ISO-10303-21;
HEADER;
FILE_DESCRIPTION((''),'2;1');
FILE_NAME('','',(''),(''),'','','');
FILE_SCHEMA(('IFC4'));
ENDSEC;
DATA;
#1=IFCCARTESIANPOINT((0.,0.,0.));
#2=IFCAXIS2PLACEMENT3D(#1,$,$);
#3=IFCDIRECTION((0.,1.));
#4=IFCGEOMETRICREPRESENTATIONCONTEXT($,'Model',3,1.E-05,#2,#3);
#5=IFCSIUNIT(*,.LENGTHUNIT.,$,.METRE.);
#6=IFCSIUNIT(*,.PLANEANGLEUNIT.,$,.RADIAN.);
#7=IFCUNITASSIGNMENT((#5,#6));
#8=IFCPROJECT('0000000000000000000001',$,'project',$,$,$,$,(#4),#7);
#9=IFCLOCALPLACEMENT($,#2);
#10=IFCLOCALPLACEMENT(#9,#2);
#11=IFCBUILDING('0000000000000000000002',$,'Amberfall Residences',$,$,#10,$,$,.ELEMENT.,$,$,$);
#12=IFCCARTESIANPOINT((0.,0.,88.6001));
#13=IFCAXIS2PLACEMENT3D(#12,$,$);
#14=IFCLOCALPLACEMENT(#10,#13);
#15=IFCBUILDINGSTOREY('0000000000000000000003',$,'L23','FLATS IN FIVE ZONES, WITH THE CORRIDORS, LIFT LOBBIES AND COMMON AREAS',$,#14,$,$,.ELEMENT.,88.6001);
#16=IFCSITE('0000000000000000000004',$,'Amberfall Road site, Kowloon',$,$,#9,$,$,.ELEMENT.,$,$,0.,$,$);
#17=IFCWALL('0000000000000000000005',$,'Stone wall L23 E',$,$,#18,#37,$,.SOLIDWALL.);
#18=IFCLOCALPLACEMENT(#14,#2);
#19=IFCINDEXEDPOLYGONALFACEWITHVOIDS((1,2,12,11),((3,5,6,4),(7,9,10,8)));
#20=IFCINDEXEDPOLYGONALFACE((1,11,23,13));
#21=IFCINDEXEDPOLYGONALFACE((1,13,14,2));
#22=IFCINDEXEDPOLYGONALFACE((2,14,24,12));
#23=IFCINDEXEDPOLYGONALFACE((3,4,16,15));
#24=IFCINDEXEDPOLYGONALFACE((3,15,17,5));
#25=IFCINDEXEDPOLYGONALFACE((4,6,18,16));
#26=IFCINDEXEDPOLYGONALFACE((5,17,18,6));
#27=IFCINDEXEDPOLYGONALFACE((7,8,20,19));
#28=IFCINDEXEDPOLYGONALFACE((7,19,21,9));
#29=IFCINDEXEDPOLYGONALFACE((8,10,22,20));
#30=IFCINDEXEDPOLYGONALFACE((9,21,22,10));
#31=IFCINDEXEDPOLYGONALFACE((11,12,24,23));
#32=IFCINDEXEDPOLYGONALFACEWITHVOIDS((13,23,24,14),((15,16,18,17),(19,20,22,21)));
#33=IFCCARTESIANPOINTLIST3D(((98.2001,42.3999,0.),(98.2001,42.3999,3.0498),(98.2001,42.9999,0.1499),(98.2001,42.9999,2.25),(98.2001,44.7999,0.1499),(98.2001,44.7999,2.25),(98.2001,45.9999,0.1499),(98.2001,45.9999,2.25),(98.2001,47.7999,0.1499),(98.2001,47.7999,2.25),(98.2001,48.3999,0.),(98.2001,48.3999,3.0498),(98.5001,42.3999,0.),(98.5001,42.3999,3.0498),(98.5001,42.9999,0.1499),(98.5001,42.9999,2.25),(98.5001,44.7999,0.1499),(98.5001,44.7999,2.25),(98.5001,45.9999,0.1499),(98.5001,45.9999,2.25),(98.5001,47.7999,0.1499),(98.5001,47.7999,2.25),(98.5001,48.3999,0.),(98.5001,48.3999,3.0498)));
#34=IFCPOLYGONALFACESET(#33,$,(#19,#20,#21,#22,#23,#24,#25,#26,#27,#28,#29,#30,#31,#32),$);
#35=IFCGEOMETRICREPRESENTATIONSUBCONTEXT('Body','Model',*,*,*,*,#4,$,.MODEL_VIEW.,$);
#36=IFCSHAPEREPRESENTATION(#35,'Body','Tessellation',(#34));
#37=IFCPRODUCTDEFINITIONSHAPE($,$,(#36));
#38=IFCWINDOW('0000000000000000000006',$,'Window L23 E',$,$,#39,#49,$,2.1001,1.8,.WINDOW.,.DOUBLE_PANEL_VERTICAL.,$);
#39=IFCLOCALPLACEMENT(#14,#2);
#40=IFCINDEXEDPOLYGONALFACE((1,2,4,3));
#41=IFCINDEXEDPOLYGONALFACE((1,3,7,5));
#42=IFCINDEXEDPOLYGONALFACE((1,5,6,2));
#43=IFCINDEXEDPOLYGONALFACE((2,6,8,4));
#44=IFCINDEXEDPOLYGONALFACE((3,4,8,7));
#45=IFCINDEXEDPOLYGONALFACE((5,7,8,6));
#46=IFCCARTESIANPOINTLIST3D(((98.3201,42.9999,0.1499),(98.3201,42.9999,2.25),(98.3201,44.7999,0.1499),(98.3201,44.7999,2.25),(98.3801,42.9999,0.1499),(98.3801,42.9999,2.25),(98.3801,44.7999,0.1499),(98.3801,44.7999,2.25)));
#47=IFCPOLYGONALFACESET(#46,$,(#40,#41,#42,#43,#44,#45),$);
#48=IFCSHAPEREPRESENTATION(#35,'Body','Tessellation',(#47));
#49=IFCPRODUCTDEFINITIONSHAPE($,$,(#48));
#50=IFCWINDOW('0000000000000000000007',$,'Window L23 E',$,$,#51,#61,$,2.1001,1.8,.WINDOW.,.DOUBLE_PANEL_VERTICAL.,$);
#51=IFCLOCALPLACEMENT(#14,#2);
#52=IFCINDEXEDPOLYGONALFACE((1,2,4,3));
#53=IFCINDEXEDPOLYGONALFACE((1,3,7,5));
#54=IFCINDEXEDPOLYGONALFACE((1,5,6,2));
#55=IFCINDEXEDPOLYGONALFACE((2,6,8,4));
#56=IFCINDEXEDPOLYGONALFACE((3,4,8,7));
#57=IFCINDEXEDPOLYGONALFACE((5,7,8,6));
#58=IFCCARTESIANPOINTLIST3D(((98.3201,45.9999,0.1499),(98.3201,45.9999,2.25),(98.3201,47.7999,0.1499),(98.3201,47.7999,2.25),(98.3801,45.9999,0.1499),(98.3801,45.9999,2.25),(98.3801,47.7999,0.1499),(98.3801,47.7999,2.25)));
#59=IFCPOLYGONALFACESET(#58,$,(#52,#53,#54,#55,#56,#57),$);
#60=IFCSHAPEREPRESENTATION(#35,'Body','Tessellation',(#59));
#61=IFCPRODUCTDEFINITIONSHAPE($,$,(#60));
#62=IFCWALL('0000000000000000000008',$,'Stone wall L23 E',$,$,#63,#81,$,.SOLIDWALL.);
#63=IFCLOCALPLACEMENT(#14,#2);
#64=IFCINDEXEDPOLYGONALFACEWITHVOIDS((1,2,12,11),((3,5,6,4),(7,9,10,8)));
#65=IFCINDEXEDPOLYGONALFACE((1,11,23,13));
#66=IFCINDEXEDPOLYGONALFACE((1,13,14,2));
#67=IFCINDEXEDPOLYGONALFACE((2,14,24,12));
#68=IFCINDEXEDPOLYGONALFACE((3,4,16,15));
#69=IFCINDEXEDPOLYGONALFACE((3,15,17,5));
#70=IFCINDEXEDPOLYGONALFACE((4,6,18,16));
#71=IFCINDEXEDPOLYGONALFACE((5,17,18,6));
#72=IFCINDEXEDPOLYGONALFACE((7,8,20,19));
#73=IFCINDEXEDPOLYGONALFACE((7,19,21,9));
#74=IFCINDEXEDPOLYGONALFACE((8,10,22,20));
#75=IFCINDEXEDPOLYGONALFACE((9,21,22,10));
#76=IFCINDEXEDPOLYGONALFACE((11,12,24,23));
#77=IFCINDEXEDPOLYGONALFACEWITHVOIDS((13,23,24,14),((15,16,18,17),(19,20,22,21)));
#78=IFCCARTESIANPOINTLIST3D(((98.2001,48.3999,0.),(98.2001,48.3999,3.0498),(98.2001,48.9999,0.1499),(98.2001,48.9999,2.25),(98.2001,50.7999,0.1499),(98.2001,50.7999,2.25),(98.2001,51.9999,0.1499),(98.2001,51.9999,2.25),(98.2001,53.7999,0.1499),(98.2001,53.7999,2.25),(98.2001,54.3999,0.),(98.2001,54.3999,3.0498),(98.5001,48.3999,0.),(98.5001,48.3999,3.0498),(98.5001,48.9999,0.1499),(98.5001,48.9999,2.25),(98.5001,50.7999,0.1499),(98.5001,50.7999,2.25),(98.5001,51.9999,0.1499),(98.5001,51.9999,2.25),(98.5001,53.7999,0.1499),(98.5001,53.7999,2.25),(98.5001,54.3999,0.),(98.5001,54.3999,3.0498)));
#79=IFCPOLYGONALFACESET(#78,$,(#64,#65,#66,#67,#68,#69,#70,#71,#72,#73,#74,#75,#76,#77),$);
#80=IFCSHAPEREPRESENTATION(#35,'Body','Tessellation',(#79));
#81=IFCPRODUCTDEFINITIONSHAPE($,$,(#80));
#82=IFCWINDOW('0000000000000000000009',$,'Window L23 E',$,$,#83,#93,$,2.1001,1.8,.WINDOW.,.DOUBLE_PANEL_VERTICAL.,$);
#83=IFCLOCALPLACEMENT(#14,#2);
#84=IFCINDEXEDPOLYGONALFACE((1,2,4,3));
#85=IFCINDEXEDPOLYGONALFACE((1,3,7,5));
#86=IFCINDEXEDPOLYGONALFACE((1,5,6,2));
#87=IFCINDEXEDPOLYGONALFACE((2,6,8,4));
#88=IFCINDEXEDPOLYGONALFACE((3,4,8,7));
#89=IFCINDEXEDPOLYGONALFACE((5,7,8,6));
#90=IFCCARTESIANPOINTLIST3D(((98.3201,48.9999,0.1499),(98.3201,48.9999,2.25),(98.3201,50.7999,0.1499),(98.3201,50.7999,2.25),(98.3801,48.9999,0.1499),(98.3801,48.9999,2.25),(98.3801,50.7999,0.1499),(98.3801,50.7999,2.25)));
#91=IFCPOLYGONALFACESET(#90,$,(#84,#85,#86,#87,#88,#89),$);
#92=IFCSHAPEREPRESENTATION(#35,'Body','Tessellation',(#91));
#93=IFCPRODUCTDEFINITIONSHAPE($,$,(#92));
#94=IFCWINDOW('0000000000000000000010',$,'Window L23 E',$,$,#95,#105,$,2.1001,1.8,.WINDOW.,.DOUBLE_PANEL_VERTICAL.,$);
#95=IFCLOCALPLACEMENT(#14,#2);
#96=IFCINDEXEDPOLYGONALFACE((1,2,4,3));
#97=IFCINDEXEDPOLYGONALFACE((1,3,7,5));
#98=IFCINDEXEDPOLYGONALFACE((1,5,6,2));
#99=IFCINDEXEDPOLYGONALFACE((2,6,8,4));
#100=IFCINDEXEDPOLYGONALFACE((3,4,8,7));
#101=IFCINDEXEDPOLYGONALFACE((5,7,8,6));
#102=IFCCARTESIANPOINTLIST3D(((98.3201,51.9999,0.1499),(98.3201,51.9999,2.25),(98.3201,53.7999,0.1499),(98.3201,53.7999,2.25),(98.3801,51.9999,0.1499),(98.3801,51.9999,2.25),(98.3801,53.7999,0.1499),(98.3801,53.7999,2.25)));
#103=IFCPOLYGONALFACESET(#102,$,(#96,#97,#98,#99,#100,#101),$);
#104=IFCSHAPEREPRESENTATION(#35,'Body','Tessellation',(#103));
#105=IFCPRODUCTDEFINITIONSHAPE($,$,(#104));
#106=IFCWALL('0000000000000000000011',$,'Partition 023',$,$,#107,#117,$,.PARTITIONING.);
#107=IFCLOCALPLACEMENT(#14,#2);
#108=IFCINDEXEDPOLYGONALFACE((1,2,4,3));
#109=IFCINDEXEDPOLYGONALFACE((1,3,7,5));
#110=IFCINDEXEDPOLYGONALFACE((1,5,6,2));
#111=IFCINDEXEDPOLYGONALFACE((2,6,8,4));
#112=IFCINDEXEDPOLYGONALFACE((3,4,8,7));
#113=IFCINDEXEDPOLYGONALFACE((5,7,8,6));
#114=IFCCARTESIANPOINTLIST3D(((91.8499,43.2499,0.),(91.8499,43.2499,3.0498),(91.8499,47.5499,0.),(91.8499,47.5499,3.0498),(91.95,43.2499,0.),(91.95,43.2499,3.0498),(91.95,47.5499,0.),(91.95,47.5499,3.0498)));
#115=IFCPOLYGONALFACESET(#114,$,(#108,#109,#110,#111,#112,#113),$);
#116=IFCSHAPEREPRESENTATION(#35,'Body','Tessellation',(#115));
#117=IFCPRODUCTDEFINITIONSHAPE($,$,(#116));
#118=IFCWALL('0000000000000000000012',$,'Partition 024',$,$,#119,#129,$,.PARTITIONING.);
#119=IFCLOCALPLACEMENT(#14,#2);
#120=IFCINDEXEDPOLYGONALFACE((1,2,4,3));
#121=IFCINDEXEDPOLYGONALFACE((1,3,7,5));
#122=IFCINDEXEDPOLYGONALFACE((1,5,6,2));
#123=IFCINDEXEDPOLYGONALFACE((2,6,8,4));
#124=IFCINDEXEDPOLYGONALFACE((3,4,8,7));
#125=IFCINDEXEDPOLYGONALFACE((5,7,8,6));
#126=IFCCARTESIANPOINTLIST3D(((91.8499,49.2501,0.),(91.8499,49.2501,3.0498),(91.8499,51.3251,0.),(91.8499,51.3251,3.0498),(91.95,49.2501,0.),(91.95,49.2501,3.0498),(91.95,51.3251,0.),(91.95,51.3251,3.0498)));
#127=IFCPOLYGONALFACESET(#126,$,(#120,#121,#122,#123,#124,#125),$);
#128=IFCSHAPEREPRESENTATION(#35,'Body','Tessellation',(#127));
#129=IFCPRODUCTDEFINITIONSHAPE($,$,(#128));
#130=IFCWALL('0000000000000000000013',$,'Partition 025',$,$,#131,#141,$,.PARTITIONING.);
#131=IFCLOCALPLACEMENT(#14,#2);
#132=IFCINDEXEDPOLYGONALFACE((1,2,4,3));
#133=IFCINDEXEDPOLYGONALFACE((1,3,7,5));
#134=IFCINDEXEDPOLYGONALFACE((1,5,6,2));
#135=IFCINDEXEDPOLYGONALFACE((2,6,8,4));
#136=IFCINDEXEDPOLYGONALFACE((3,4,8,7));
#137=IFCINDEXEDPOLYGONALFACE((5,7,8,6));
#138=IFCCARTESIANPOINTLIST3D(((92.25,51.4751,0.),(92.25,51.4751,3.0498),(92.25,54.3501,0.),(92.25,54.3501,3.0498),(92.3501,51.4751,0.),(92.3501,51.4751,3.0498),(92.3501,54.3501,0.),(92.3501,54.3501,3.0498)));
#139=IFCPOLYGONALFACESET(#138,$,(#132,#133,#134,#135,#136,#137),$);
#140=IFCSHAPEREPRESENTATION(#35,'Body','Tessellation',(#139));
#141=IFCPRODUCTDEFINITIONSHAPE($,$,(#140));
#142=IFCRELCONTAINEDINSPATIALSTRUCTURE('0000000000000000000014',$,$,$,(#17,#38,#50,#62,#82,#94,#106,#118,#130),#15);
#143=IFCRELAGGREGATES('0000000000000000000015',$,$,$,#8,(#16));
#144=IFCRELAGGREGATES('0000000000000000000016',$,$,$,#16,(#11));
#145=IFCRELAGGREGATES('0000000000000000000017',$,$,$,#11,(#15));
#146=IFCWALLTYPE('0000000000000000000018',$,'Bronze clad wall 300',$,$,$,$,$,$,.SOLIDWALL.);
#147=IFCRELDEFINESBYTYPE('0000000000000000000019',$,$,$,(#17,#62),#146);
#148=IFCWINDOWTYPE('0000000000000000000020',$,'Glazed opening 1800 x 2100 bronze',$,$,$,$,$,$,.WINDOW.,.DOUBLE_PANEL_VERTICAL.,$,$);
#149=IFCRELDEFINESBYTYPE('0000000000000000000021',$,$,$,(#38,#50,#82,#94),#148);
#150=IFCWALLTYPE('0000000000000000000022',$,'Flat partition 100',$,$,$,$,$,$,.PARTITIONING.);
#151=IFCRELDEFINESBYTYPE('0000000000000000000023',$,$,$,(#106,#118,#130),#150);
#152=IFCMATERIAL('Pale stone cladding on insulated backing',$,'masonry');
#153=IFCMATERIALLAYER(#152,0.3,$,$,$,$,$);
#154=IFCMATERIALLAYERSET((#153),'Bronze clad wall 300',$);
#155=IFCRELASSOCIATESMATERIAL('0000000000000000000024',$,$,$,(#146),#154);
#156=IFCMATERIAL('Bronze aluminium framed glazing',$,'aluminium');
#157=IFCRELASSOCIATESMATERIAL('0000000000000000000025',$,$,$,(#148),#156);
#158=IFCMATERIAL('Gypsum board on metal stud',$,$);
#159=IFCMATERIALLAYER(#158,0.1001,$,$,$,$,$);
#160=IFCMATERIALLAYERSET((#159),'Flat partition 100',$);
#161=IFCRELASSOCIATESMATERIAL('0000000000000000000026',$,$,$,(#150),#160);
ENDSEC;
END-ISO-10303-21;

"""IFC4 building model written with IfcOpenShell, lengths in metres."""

from ifc_helpers import new_model, si_unit, direction, frame, frame_2d, origin, place, context, subcontext, project, spatial, rectangle, extrude, material, layer, layer_set, type_object, element, fill, save


model = new_model("IFC4")

# Units and contexts
model_context = context("Model", 3, precision=1e-05, world=origin(), true_north=direction((0.0, 1.0)))
body_context = subcontext(model_context, "Body", "Model", "MODEL_VIEW")
ifc_project = project(units=[si_unit("LENGTHUNIT", "METRE"), si_unit("PLANEANGLEUNIT", "RADIAN")], contexts=[model_context])

# Site, building, storey
site_placement = place(None, origin())
site = spatial("IfcSite", under=ifc_project, at=site_placement, Name="Amberfall Road site, Kowloon", CompositionType="ELEMENT", RefElevation=0.0)
building_placement = place(site_placement, origin())
building = spatial("IfcBuilding", under=site, at=building_placement, Name="Amberfall Residences", CompositionType="ELEMENT")
storey_placement = place(building_placement, frame((0.0, 0.0, 88.6001)))
storey = spatial("IfcBuildingStorey", under=building, at=storey_placement, Name="L23", Description="FLATS IN FIVE ZONES, WITH THE CORRIDORS, LIFT LOBBIES AND COMMON AREAS", CompositionType="ELEMENT", Elevation=88.6001)

# Walls, openings, windows
ifc_material_1 = material(Name="Pale stone cladding on insulated backing", Category="masonry")
ifc_layer_1 = layer(ifc_material_1, 0.3)
ifc_layer_set_1 = layer_set([ifc_layer_1], Name="Bronze clad wall 300")
wall_type_1 = type_object("IfcWallType", Name="Bronze clad wall 300", PredefinedType="SOLIDWALL", material=ifc_layer_set_1)
wall_1_placement = place(storey_placement, frame((98.3501, 42.3999, 0.0), z_axis=(0.0, 0.0, 1.0), x_axis=(0.0, 1.0, 0.0)))
wall_1 = element("IfcWall", 1, at=wall_1_placement, inside=storey, type_object=wall_type_1, Name="Stone wall L23 E", PredefinedType="SOLIDWALL", context=body_context, shape_type="SweptSolid", body=[
    extrude(rectangle(XDim=6.0, YDim=0.3, at=frame_2d((3.0, 0.0))), origin(), (0.0, 0.0, 1.0), 3.0498),
])
opening_1_placement = place(wall_1_placement, frame((0.6001, 0.0, 0.1499)))
opening_1 = element("IfcOpeningElement", 2, at=opening_1_placement, cuts=wall_1, PredefinedType="OPENING", context=body_context, shape_type="SweptSolid", body=[
    extrude(rectangle(XDim=1.8, YDim=2.1001, at=frame_2d((0.8999, 1.05))), frame((0.0, 0.1599, 0.0), z_axis=(0.0, -1.0, 0.0), x_axis=(1.0, 0.0, 0.0)), (0.0, 0.0, 1.0), 0.3201),
])
opening_2_placement = place(wall_1_placement, frame((3.6001, 0.0, 0.1499)))
opening_2 = element("IfcOpeningElement", 3, at=opening_2_placement, cuts=wall_1, PredefinedType="OPENING", context=body_context, shape_type="SweptSolid", body=[
    extrude(rectangle(XDim=1.8, YDim=2.1001, at=frame_2d((0.8999, 1.05))), frame((0.0, 0.1599, 0.0), z_axis=(0.0, -1.0, 0.0), x_axis=(1.0, 0.0, 0.0)), (0.0, 0.0, 1.0), 0.3201),
])
ifc_material_2 = material(Name="Bronze aluminium framed glazing", Category="aluminium")
window_type = type_object("IfcWindowType", Name="Glazed opening 1800 x 2100 bronze", PartitioningType="DOUBLE_PANEL_VERTICAL", PredefinedType="WINDOW", material=ifc_material_2)
window_1_placement = place(opening_1_placement, origin())
window_1 = element("IfcWindow", 4, at=window_1_placement, inside=storey, type_object=window_type, Name="Window L23 E", OverallHeight=2.1001, OverallWidth=1.8, PartitioningType="DOUBLE_PANEL_VERTICAL", PredefinedType="WINDOW", context=body_context, shape_type="SweptSolid", body=[
    extrude(rectangle(XDim=1.8, YDim=2.1001, at=frame_2d((0.8999, 1.05))), frame((0.0, 0.03, 0.0), z_axis=(0.0, -1.0, 0.0), x_axis=(1.0, 0.0, 0.0)), (0.0, 0.0, 1.0), 0.0601),
])
fill(opening_1, window_1)
window_2_placement = place(opening_2_placement, origin())
window_2 = element("IfcWindow", 5, at=window_2_placement, inside=storey, type_object=window_type, Name="Window L23 E", OverallHeight=2.1001, OverallWidth=1.8, PartitioningType="DOUBLE_PANEL_VERTICAL", PredefinedType="WINDOW", context=body_context, shape_type="SweptSolid", body=[
    extrude(rectangle(XDim=1.8, YDim=2.1001, at=frame_2d((0.8999, 1.05))), frame((0.0, 0.03, 0.0), z_axis=(0.0, -1.0, 0.0), x_axis=(1.0, 0.0, 0.0)), (0.0, 0.0, 1.0), 0.0601),
])
fill(opening_2, window_2)
wall_2_placement = place(storey_placement, frame((98.3501, 48.3999, 0.0), z_axis=(0.0, 0.0, 1.0), x_axis=(0.0, 1.0, 0.0)))
wall_2 = element("IfcWall", 6, at=wall_2_placement, inside=storey, type_object=wall_type_1, Name="Stone wall L23 E", PredefinedType="SOLIDWALL", context=body_context, shape_type="SweptSolid", body=[
    extrude(rectangle(XDim=6.0, YDim=0.3, at=frame_2d((3.0, 0.0))), origin(), (0.0, 0.0, 1.0), 3.0498),
])
opening_3_placement = place(wall_2_placement, frame((0.6001, 0.0, 0.1499)))
opening_3 = element("IfcOpeningElement", 7, at=opening_3_placement, cuts=wall_2, PredefinedType="OPENING", context=body_context, shape_type="SweptSolid", body=[
    extrude(rectangle(XDim=1.8, YDim=2.1001, at=frame_2d((0.8999, 1.05))), frame((0.0, 0.1599, 0.0), z_axis=(0.0, -1.0, 0.0), x_axis=(1.0, 0.0, 0.0)), (0.0, 0.0, 1.0), 0.3201),
])
opening_4_placement = place(wall_2_placement, frame((3.6001, 0.0, 0.1499)))
opening_4 = element("IfcOpeningElement", 8, at=opening_4_placement, cuts=wall_2, PredefinedType="OPENING", context=body_context, shape_type="SweptSolid", body=[
    extrude(rectangle(XDim=1.8, YDim=2.1001, at=frame_2d((0.8999, 1.05))), frame((0.0, 0.1599, 0.0), z_axis=(0.0, -1.0, 0.0), x_axis=(1.0, 0.0, 0.0)), (0.0, 0.0, 1.0), 0.3201),
])
window_3_placement = place(opening_3_placement, origin())
window_3 = element("IfcWindow", 9, at=window_3_placement, inside=storey, type_object=window_type, Name="Window L23 E", OverallHeight=2.1001, OverallWidth=1.8, PartitioningType="DOUBLE_PANEL_VERTICAL", PredefinedType="WINDOW", context=body_context, shape_type="SweptSolid", body=[
    extrude(rectangle(XDim=1.8, YDim=2.1001, at=frame_2d((0.8999, 1.05))), frame((0.0, 0.03, 0.0), z_axis=(0.0, -1.0, 0.0), x_axis=(1.0, 0.0, 0.0)), (0.0, 0.0, 1.0), 0.0601),
])
fill(opening_3, window_3)
window_4_placement = place(opening_4_placement, origin())
window_4 = element("IfcWindow", 10, at=window_4_placement, inside=storey, type_object=window_type, Name="Window L23 E", OverallHeight=2.1001, OverallWidth=1.8, PartitioningType="DOUBLE_PANEL_VERTICAL", PredefinedType="WINDOW", context=body_context, shape_type="SweptSolid", body=[
    extrude(rectangle(XDim=1.8, YDim=2.1001, at=frame_2d((0.8999, 1.05))), frame((0.0, 0.03, 0.0), z_axis=(0.0, -1.0, 0.0), x_axis=(1.0, 0.0, 0.0)), (0.0, 0.0, 1.0), 0.0601),
])
fill(opening_4, window_4)

# Walls
ifc_material_3 = material(Name="Gypsum board on metal stud")
ifc_layer_2 = layer(ifc_material_3, 0.1001)
ifc_layer_set_2 = layer_set([ifc_layer_2], Name="Flat partition 100")
wall_type_2 = type_object("IfcWallType", Name="Flat partition 100", PredefinedType="PARTITIONING", material=ifc_layer_set_2)
wall_3_placement = place(storey_placement, frame((91.8999, 43.25, 0.0), z_axis=(0.0, 0.0, 1.0), x_axis=(0.0, 1.0, 0.0)))
element("IfcWall", 11, at=wall_3_placement, inside=storey, type_object=wall_type_2, Name="Partition 023", PredefinedType="PARTITIONING", context=body_context, shape_type="SweptSolid", body=[
    extrude(rectangle(XDim=4.3, YDim=0.1001, at=frame_2d((2.1499, 0.0))), origin(), (0.0, 0.0, 1.0), 3.0498),
])
wall_4_placement = place(storey_placement, frame((91.8999, 49.25, 0.0), z_axis=(0.0, 0.0, 1.0), x_axis=(0.0, 1.0, 0.0)))
element("IfcWall", 12, at=wall_4_placement, inside=storey, type_object=wall_type_2, Name="Partition 024", PredefinedType="PARTITIONING", context=body_context, shape_type="SweptSolid", body=[
    extrude(rectangle(XDim=2.075, YDim=0.1001, at=frame_2d((1.0376, 0.0))), origin(), (0.0, 0.0, 1.0), 3.0498),
])
wall_5_placement = place(storey_placement, frame((92.3, 51.4751, 0.0), z_axis=(0.0, 0.0, 1.0), x_axis=(0.0, 1.0, 0.0)))
element("IfcWall", 13, at=wall_5_placement, inside=storey, type_object=wall_type_2, Name="Partition 025", PredefinedType="PARTITIONING", context=body_context, shape_type="SweptSolid", body=[
    extrude(rectangle(XDim=2.875, YDim=0.1001, at=frame_2d((1.4375, 0.0))), origin(), (0.0, 0.0, 1.0), 3.0498),
])

save(model, "model.ifc")
